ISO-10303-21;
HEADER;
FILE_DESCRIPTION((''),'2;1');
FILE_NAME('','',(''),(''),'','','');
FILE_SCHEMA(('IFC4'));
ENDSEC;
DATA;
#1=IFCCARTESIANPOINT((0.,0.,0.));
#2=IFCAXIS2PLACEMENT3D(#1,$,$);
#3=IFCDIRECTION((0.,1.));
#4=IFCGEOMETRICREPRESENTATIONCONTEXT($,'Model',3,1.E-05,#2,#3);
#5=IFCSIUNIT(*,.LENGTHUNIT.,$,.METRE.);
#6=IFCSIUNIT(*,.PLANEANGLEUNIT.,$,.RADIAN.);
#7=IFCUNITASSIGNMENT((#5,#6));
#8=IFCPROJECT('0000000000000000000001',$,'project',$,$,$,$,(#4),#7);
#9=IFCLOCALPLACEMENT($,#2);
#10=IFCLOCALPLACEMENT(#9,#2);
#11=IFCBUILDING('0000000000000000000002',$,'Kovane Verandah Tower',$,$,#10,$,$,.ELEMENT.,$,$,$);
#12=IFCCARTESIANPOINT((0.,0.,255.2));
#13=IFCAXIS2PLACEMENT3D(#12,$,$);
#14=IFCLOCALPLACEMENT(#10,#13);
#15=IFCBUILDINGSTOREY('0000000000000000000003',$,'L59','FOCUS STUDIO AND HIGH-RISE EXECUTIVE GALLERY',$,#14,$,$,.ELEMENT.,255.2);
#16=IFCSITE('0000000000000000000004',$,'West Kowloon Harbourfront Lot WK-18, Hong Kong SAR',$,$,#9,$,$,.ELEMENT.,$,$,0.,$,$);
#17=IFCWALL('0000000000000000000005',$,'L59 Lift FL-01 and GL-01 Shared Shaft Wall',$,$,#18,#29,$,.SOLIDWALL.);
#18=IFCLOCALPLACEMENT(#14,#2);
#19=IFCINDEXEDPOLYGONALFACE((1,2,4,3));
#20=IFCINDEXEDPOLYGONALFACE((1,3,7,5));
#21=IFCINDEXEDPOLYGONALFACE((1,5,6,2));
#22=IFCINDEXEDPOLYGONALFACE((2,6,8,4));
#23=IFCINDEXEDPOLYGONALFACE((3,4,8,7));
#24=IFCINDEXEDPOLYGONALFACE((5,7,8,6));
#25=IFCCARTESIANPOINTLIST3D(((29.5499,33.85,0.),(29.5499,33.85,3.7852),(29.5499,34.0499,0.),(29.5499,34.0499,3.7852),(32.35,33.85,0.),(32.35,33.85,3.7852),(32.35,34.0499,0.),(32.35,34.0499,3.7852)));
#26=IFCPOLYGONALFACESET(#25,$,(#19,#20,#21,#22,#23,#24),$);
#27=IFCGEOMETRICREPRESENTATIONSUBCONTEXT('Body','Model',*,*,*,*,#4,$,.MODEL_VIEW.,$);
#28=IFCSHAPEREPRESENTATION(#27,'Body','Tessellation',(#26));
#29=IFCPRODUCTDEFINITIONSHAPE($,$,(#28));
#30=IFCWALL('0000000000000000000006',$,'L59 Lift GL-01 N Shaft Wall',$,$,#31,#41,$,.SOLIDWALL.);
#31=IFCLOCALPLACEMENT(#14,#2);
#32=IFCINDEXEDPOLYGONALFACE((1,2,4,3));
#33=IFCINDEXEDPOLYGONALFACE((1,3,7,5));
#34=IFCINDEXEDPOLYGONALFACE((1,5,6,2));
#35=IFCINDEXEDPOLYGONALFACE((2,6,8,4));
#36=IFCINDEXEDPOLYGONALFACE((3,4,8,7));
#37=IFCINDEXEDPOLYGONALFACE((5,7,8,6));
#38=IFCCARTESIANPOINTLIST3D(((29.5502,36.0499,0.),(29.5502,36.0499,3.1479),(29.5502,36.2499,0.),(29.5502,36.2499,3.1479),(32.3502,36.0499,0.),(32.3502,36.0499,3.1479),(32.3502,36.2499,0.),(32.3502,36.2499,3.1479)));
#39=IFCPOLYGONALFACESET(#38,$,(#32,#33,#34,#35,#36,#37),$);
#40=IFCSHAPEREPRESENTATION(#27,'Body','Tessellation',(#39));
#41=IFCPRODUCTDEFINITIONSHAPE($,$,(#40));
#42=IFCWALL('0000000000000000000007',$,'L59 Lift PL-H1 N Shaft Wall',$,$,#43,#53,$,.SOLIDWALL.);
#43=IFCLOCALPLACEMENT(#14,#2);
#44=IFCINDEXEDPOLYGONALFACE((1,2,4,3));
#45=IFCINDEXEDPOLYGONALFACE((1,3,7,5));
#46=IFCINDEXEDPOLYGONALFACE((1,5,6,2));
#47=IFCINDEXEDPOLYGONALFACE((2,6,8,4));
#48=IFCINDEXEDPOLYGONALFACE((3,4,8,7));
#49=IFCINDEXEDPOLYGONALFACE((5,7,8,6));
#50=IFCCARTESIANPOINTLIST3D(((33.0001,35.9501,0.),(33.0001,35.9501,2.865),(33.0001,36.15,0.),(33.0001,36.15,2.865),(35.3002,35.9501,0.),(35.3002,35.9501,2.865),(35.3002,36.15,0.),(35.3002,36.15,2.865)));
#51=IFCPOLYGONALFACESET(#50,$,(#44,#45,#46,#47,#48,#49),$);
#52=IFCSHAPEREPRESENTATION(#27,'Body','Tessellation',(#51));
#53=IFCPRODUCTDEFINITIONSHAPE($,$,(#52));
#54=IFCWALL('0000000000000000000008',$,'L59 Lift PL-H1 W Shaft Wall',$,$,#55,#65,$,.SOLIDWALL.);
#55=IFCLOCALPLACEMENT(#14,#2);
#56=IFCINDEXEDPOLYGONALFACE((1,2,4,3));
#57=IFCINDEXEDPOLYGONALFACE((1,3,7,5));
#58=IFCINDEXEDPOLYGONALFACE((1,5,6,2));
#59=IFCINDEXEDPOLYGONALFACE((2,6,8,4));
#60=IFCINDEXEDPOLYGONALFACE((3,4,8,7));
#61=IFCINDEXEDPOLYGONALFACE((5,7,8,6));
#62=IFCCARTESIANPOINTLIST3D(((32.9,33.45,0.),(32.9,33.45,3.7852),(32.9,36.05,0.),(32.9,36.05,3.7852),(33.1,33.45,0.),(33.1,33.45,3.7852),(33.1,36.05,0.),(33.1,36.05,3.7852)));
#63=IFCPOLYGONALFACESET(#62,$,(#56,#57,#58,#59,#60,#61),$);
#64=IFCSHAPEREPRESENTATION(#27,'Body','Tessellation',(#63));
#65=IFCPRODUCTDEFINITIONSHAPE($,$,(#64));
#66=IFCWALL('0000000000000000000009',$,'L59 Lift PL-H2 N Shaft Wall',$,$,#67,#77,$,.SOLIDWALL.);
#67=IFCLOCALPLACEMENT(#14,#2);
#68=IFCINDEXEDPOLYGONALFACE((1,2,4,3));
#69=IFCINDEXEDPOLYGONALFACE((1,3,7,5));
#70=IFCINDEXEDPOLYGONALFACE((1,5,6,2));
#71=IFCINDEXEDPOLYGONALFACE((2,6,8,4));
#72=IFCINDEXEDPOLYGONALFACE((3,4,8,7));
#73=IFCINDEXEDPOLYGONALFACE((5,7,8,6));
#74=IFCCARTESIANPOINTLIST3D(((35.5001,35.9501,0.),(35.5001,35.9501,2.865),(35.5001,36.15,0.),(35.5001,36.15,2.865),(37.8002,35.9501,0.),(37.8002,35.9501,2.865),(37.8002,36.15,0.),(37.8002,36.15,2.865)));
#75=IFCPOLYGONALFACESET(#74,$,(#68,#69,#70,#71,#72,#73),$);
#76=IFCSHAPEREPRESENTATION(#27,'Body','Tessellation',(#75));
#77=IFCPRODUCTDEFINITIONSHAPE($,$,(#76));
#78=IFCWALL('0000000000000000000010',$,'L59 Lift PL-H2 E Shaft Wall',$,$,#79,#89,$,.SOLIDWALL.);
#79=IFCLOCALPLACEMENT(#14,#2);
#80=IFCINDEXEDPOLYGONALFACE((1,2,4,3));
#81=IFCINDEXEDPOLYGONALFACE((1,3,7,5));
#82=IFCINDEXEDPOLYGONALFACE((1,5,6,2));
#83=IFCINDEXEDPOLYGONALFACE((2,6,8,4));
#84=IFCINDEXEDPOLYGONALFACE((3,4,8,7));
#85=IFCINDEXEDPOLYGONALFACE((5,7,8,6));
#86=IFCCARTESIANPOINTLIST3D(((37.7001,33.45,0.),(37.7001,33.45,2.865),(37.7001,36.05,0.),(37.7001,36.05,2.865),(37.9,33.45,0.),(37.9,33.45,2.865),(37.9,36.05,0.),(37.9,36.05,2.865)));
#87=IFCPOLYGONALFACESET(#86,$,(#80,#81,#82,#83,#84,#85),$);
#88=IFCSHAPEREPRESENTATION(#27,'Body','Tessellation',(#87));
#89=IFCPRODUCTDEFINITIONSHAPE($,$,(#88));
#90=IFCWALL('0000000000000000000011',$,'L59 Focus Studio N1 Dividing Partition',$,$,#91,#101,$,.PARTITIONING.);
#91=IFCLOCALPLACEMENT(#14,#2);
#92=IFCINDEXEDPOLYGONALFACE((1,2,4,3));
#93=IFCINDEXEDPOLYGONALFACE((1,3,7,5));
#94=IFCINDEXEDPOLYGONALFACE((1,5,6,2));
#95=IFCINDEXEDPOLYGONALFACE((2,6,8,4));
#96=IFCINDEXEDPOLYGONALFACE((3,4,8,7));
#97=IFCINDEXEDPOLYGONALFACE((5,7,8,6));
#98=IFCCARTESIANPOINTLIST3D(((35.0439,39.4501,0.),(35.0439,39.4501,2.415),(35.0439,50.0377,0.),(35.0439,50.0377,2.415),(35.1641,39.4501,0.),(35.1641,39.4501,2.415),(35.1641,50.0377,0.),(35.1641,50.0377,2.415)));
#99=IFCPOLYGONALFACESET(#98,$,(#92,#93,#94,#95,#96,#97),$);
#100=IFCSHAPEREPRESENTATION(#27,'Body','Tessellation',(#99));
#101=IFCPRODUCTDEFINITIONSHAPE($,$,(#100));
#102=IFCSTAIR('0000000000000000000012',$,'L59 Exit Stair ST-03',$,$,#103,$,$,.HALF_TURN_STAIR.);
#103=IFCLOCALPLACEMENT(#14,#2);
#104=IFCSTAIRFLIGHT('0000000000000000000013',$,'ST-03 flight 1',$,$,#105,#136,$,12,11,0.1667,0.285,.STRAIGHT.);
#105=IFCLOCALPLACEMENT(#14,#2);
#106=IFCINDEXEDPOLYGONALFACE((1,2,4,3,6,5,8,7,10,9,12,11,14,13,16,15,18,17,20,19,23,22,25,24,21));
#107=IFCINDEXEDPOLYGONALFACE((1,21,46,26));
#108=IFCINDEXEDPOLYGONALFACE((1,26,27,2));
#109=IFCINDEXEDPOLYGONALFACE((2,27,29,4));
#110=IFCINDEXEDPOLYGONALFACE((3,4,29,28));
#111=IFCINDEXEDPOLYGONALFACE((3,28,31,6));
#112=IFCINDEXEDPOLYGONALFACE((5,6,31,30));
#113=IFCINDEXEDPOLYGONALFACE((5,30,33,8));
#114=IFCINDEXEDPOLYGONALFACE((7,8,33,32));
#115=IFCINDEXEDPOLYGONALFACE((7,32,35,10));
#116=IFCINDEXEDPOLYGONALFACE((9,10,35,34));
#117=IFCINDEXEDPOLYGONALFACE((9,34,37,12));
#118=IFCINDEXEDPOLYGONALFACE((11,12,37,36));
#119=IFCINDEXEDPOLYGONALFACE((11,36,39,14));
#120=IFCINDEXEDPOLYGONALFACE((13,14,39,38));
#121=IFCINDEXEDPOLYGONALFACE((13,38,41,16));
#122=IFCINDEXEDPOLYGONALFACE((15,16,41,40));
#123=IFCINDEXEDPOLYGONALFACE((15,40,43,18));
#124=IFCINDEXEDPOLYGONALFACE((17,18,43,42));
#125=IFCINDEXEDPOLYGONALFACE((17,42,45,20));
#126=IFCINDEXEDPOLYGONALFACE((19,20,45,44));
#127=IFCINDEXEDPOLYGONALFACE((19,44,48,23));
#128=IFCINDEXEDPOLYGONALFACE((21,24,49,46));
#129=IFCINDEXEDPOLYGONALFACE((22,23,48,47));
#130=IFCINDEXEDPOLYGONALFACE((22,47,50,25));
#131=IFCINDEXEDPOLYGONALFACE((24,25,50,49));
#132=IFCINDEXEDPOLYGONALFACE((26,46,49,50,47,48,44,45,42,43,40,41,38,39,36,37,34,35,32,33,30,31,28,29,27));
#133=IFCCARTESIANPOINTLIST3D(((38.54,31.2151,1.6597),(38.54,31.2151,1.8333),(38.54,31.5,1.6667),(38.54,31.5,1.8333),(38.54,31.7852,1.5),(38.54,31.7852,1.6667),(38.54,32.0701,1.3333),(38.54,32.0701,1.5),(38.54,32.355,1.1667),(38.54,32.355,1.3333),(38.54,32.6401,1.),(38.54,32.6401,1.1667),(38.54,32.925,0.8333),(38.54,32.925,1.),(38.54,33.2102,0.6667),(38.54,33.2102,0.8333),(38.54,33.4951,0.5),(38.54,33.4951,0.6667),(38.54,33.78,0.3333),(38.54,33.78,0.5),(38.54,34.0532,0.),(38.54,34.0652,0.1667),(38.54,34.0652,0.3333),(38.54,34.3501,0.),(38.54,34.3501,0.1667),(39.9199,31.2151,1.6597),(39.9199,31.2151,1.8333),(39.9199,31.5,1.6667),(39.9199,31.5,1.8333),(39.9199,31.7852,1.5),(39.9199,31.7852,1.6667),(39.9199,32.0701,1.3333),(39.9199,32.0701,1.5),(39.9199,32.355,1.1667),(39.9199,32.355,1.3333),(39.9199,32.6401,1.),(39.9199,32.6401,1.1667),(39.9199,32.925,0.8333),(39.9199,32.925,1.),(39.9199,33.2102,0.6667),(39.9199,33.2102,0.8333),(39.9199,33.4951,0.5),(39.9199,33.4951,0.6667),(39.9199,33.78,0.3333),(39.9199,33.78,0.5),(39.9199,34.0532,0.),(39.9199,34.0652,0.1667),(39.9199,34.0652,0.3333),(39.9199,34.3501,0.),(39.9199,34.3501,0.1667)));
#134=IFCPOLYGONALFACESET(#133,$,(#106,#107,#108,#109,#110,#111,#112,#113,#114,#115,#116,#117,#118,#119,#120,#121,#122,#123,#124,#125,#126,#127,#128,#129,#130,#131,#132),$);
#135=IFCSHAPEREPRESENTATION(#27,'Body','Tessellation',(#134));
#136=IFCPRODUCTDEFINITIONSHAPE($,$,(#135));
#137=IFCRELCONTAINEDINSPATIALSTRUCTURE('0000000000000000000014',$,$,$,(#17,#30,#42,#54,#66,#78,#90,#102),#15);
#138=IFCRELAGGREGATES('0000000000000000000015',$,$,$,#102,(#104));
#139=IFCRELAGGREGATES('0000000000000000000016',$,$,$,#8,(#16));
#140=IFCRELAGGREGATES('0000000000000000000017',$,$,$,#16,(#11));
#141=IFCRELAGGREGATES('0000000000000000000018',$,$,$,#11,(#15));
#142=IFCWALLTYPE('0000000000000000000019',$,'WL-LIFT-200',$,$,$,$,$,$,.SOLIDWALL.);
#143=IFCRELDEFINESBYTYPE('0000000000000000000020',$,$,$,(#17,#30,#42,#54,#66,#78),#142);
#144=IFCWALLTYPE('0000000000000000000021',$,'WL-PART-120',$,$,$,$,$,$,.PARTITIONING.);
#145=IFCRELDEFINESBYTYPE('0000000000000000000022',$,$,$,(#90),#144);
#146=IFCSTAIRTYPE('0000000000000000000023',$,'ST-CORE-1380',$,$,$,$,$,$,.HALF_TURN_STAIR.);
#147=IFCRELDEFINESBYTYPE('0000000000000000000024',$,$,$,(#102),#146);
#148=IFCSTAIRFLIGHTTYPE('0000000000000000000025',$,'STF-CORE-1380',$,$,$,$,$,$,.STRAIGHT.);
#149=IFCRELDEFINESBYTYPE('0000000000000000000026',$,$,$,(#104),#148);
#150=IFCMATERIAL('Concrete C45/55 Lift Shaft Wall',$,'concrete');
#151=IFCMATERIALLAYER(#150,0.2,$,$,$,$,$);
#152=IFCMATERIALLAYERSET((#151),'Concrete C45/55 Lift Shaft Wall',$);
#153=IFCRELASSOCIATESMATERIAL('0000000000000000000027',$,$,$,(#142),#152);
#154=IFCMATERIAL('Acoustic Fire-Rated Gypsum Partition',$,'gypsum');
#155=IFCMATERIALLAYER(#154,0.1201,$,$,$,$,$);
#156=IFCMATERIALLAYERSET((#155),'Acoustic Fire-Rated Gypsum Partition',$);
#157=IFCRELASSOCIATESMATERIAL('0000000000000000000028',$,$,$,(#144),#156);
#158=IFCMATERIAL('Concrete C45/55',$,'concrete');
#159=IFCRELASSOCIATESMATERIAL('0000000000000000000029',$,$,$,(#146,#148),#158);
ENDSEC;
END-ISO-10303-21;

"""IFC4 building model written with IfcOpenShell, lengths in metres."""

from ifc_helpers import new_model, si_unit, direction, frame, frame_2d, origin, place, context, subcontext, project, spatial, polyline, rectangle, outline, extrude, material, layer, layer_set, type_object, element, aggregate, save


model = new_model("IFC4")

# Units and contexts
model_context = context("Model", 3, precision=1e-05, world=origin(), true_north=direction((0.0, 1.0)))
body_context = subcontext(model_context, "Body", "Model", "MODEL_VIEW")
ifc_project = project(units=[si_unit("LENGTHUNIT", "METRE"), si_unit("PLANEANGLEUNIT", "RADIAN")], contexts=[model_context])

# Site, building, storey
site_placement = place(None, origin())
site = spatial("IfcSite", under=ifc_project, at=site_placement, Name="West Kowloon Harbourfront Lot WK-18, Hong Kong SAR", CompositionType="ELEMENT", RefElevation=0.0)
building_placement = place(site_placement, origin())
building = spatial("IfcBuilding", under=site, at=building_placement, Name="Kovane Verandah Tower", CompositionType="ELEMENT")
storey_placement = place(building_placement, frame((0.0, 0.0, 255.2)))
storey = spatial("IfcBuildingStorey", under=building, at=storey_placement, Name="L59", Description="FOCUS STUDIO AND HIGH-RISE EXECUTIVE GALLERY", CompositionType="ELEMENT", Elevation=255.2)

# Walls
ifc_material_1 = material(Name="Concrete C45/55 Lift Shaft Wall", Category="concrete")
ifc_layer_1 = layer(ifc_material_1, 0.2)
ifc_layer_set_1 = layer_set([ifc_layer_1], Name="Concrete C45/55 Lift Shaft Wall")
wall_type_1 = type_object("IfcWallType", Name="WL-LIFT-200", PredefinedType="SOLIDWALL", material=ifc_layer_set_1)
wall_1_placement = place(storey_placement, frame((29.55, 33.95, 0.0), z_axis=(0.0, 0.0, 1.0), x_axis=(1.0, 0.0, 0.0)))
element("IfcWall", 1, at=wall_1_placement, inside=storey, type_object=wall_type_1, Name="L59 Lift FL-01 and GL-01 Shared Shaft Wall", PredefinedType="SOLIDWALL", context=body_context, shape_type="SweptSolid", body=[
    extrude(rectangle(XDim=2.8, YDim=0.2, at=frame_2d((1.3999, 0.0))), origin(), (0.0, 0.0, 1.0), 3.7852),
])
wall_2_placement = place(storey_placement, frame((32.3501, 36.1499, 0.0), z_axis=(0.0, 0.0, 1.0), x_axis=(-1.0, 0.0, 0.0)))
element("IfcWall", 2, at=wall_2_placement, inside=storey, type_object=wall_type_1, Name="L59 Lift GL-01 N Shaft Wall", PredefinedType="SOLIDWALL", context=body_context, shape_type="SweptSolid", body=[
    extrude(rectangle(XDim=2.8, YDim=0.2, at=frame_2d((1.3999, 0.0))), origin(), (0.0, 0.0, 1.0), 3.1479),
])

# Walls
wall_3_placement = place(storey_placement, frame((35.3, 36.05, 0.0), z_axis=(0.0, 0.0, 1.0), x_axis=(-1.0, 0.0, 0.0)))
element("IfcWall", 3, at=wall_3_placement, inside=storey, type_object=wall_type_1, Name="L59 Lift PL-H1 N Shaft Wall", PredefinedType="SOLIDWALL", context=body_context, shape_type="SweptSolid", body=[
    extrude(rectangle(XDim=2.3, YDim=0.2, at=frame_2d((1.1499, 0.0))), origin(), (0.0, 0.0, 1.0), 2.865),
])
wall_4_placement = place(storey_placement, frame((33.0, 36.05, 0.0), z_axis=(0.0, 0.0, 1.0), x_axis=(0.0, -1.0, 0.0)))
element("IfcWall", 4, at=wall_4_placement, inside=storey, type_object=wall_type_1, Name="L59 Lift PL-H1 W Shaft Wall", PredefinedType="SOLIDWALL", context=body_context, shape_type="SweptSolid", body=[
    extrude(rectangle(XDim=2.6001, YDim=0.2, at=frame_2d((1.3, 0.0))), origin(), (0.0, 0.0, 1.0), 3.7852),
])

# Walls
wall_5_placement = place(storey_placement, frame((37.8, 36.05, 0.0), z_axis=(0.0, 0.0, 1.0), x_axis=(-1.0, 0.0, 0.0)))
element("IfcWall", 5, at=wall_5_placement, inside=storey, type_object=wall_type_1, Name="L59 Lift PL-H2 N Shaft Wall", PredefinedType="SOLIDWALL", context=body_context, shape_type="SweptSolid", body=[
    extrude(rectangle(XDim=2.3, YDim=0.2, at=frame_2d((1.1499, 0.0))), origin(), (0.0, 0.0, 1.0), 2.865),
])
wall_6_placement = place(storey_placement, frame((37.8, 33.45, 0.0), z_axis=(0.0, 0.0, 1.0), x_axis=(0.0, 1.0, 0.0)))
element("IfcWall", 6, at=wall_6_placement, inside=storey, type_object=wall_type_1, Name="L59 Lift PL-H2 E Shaft Wall", PredefinedType="SOLIDWALL", context=body_context, shape_type="SweptSolid", body=[
    extrude(rectangle(XDim=2.6001, YDim=0.2, at=frame_2d((1.3, 0.0))), origin(), (0.0, 0.0, 1.0), 2.865),
])
ifc_material_2 = material(Name="Acoustic Fire-Rated Gypsum Partition", Category="gypsum")
ifc_layer_2 = layer(ifc_material_2, 0.1201)
ifc_layer_set_2 = layer_set([ifc_layer_2], Name="Acoustic Fire-Rated Gypsum Partition")
wall_type_2 = type_object("IfcWallType", Name="WL-PART-120", PredefinedType="PARTITIONING", material=ifc_layer_set_2)
wall_7_placement = place(storey_placement, frame((35.104, 39.45, 0.0), z_axis=(0.0, 0.0, 1.0), x_axis=(0.0, 1.0, 0.0)))
element("IfcWall", 7, at=wall_7_placement, inside=storey, type_object=wall_type_2, Name="L59 Focus Studio N1 Dividing Partition", PredefinedType="PARTITIONING", context=body_context, shape_type="SweptSolid", body=[
    extrude(rectangle(XDim=10.5876, YDim=0.1201, at=frame_2d((5.2939, 0.0))), origin(), (0.0, 0.0, 1.0), 2.415),
])

# Stair, stair flight
ifc_material_3 = material(Name="Concrete C45/55", Category="concrete")
stair_type = type_object("IfcStairType", Name="ST-CORE-1380", PredefinedType="HALF_TURN_STAIR", material=ifc_material_3)
stair_placement = place(storey_placement, origin())
stair = element("IfcStair", 8, at=stair_placement, inside=storey, type_object=stair_type, Name="L59 Exit Stair ST-03", PredefinedType="HALF_TURN_STAIR")
stair_flight_type = type_object("IfcStairFlightType", Name="STF-CORE-1380", PredefinedType="STRAIGHT", material=ifc_material_3)
stair_flight_placement = place(storey_placement, frame((39.23, 34.3501, 0.0), z_axis=(0.0, 0.0, 1.0), x_axis=(0.0, -1.0, 0.0)))
stair_flight = element("IfcStairFlight", 9, at=stair_flight_placement, type_object=stair_flight_type, Name="ST-03 flight 1", NumberOfRisers=12, NumberOfTreads=11, PredefinedType="STRAIGHT", RiserHeight=0.1667, TreadLength=0.285, context=body_context, shape_type="SweptSolid", body=[
    extrude(outline(polyline([(0.0, 0.0), (0.0, 0.1667), (0.2849, 0.1667), (0.2849, 0.3333), (0.5701, 0.3333), (0.5701, 0.5), (0.855, 0.5), (0.855, 0.6667), (1.1399, 0.6667), (1.1399, 0.8333), (1.425, 0.8333), (1.425, 1.0), (1.71, 1.0), (1.71, 1.1667), (1.9951, 1.1667), (1.9951, 1.3333), (2.28, 1.3333), (2.28, 1.5), (2.5649, 1.5), (2.5649, 1.6667), (2.8501, 1.6667), (2.8501, 1.8333), (3.135, 1.8333), (3.135, 2.0), (3.135, 1.6597), (0.2969, 0.0), (0.0, 0.0)])), frame((0.0, 0.6899, 0.0), z_axis=(0.0, -1.0, 0.0), x_axis=(1.0, 0.0, 0.0)), (0.0, 0.0, 1.0), 1.3799),
])
aggregate(stair, [stair_flight])

save(model, "model.ifc")
